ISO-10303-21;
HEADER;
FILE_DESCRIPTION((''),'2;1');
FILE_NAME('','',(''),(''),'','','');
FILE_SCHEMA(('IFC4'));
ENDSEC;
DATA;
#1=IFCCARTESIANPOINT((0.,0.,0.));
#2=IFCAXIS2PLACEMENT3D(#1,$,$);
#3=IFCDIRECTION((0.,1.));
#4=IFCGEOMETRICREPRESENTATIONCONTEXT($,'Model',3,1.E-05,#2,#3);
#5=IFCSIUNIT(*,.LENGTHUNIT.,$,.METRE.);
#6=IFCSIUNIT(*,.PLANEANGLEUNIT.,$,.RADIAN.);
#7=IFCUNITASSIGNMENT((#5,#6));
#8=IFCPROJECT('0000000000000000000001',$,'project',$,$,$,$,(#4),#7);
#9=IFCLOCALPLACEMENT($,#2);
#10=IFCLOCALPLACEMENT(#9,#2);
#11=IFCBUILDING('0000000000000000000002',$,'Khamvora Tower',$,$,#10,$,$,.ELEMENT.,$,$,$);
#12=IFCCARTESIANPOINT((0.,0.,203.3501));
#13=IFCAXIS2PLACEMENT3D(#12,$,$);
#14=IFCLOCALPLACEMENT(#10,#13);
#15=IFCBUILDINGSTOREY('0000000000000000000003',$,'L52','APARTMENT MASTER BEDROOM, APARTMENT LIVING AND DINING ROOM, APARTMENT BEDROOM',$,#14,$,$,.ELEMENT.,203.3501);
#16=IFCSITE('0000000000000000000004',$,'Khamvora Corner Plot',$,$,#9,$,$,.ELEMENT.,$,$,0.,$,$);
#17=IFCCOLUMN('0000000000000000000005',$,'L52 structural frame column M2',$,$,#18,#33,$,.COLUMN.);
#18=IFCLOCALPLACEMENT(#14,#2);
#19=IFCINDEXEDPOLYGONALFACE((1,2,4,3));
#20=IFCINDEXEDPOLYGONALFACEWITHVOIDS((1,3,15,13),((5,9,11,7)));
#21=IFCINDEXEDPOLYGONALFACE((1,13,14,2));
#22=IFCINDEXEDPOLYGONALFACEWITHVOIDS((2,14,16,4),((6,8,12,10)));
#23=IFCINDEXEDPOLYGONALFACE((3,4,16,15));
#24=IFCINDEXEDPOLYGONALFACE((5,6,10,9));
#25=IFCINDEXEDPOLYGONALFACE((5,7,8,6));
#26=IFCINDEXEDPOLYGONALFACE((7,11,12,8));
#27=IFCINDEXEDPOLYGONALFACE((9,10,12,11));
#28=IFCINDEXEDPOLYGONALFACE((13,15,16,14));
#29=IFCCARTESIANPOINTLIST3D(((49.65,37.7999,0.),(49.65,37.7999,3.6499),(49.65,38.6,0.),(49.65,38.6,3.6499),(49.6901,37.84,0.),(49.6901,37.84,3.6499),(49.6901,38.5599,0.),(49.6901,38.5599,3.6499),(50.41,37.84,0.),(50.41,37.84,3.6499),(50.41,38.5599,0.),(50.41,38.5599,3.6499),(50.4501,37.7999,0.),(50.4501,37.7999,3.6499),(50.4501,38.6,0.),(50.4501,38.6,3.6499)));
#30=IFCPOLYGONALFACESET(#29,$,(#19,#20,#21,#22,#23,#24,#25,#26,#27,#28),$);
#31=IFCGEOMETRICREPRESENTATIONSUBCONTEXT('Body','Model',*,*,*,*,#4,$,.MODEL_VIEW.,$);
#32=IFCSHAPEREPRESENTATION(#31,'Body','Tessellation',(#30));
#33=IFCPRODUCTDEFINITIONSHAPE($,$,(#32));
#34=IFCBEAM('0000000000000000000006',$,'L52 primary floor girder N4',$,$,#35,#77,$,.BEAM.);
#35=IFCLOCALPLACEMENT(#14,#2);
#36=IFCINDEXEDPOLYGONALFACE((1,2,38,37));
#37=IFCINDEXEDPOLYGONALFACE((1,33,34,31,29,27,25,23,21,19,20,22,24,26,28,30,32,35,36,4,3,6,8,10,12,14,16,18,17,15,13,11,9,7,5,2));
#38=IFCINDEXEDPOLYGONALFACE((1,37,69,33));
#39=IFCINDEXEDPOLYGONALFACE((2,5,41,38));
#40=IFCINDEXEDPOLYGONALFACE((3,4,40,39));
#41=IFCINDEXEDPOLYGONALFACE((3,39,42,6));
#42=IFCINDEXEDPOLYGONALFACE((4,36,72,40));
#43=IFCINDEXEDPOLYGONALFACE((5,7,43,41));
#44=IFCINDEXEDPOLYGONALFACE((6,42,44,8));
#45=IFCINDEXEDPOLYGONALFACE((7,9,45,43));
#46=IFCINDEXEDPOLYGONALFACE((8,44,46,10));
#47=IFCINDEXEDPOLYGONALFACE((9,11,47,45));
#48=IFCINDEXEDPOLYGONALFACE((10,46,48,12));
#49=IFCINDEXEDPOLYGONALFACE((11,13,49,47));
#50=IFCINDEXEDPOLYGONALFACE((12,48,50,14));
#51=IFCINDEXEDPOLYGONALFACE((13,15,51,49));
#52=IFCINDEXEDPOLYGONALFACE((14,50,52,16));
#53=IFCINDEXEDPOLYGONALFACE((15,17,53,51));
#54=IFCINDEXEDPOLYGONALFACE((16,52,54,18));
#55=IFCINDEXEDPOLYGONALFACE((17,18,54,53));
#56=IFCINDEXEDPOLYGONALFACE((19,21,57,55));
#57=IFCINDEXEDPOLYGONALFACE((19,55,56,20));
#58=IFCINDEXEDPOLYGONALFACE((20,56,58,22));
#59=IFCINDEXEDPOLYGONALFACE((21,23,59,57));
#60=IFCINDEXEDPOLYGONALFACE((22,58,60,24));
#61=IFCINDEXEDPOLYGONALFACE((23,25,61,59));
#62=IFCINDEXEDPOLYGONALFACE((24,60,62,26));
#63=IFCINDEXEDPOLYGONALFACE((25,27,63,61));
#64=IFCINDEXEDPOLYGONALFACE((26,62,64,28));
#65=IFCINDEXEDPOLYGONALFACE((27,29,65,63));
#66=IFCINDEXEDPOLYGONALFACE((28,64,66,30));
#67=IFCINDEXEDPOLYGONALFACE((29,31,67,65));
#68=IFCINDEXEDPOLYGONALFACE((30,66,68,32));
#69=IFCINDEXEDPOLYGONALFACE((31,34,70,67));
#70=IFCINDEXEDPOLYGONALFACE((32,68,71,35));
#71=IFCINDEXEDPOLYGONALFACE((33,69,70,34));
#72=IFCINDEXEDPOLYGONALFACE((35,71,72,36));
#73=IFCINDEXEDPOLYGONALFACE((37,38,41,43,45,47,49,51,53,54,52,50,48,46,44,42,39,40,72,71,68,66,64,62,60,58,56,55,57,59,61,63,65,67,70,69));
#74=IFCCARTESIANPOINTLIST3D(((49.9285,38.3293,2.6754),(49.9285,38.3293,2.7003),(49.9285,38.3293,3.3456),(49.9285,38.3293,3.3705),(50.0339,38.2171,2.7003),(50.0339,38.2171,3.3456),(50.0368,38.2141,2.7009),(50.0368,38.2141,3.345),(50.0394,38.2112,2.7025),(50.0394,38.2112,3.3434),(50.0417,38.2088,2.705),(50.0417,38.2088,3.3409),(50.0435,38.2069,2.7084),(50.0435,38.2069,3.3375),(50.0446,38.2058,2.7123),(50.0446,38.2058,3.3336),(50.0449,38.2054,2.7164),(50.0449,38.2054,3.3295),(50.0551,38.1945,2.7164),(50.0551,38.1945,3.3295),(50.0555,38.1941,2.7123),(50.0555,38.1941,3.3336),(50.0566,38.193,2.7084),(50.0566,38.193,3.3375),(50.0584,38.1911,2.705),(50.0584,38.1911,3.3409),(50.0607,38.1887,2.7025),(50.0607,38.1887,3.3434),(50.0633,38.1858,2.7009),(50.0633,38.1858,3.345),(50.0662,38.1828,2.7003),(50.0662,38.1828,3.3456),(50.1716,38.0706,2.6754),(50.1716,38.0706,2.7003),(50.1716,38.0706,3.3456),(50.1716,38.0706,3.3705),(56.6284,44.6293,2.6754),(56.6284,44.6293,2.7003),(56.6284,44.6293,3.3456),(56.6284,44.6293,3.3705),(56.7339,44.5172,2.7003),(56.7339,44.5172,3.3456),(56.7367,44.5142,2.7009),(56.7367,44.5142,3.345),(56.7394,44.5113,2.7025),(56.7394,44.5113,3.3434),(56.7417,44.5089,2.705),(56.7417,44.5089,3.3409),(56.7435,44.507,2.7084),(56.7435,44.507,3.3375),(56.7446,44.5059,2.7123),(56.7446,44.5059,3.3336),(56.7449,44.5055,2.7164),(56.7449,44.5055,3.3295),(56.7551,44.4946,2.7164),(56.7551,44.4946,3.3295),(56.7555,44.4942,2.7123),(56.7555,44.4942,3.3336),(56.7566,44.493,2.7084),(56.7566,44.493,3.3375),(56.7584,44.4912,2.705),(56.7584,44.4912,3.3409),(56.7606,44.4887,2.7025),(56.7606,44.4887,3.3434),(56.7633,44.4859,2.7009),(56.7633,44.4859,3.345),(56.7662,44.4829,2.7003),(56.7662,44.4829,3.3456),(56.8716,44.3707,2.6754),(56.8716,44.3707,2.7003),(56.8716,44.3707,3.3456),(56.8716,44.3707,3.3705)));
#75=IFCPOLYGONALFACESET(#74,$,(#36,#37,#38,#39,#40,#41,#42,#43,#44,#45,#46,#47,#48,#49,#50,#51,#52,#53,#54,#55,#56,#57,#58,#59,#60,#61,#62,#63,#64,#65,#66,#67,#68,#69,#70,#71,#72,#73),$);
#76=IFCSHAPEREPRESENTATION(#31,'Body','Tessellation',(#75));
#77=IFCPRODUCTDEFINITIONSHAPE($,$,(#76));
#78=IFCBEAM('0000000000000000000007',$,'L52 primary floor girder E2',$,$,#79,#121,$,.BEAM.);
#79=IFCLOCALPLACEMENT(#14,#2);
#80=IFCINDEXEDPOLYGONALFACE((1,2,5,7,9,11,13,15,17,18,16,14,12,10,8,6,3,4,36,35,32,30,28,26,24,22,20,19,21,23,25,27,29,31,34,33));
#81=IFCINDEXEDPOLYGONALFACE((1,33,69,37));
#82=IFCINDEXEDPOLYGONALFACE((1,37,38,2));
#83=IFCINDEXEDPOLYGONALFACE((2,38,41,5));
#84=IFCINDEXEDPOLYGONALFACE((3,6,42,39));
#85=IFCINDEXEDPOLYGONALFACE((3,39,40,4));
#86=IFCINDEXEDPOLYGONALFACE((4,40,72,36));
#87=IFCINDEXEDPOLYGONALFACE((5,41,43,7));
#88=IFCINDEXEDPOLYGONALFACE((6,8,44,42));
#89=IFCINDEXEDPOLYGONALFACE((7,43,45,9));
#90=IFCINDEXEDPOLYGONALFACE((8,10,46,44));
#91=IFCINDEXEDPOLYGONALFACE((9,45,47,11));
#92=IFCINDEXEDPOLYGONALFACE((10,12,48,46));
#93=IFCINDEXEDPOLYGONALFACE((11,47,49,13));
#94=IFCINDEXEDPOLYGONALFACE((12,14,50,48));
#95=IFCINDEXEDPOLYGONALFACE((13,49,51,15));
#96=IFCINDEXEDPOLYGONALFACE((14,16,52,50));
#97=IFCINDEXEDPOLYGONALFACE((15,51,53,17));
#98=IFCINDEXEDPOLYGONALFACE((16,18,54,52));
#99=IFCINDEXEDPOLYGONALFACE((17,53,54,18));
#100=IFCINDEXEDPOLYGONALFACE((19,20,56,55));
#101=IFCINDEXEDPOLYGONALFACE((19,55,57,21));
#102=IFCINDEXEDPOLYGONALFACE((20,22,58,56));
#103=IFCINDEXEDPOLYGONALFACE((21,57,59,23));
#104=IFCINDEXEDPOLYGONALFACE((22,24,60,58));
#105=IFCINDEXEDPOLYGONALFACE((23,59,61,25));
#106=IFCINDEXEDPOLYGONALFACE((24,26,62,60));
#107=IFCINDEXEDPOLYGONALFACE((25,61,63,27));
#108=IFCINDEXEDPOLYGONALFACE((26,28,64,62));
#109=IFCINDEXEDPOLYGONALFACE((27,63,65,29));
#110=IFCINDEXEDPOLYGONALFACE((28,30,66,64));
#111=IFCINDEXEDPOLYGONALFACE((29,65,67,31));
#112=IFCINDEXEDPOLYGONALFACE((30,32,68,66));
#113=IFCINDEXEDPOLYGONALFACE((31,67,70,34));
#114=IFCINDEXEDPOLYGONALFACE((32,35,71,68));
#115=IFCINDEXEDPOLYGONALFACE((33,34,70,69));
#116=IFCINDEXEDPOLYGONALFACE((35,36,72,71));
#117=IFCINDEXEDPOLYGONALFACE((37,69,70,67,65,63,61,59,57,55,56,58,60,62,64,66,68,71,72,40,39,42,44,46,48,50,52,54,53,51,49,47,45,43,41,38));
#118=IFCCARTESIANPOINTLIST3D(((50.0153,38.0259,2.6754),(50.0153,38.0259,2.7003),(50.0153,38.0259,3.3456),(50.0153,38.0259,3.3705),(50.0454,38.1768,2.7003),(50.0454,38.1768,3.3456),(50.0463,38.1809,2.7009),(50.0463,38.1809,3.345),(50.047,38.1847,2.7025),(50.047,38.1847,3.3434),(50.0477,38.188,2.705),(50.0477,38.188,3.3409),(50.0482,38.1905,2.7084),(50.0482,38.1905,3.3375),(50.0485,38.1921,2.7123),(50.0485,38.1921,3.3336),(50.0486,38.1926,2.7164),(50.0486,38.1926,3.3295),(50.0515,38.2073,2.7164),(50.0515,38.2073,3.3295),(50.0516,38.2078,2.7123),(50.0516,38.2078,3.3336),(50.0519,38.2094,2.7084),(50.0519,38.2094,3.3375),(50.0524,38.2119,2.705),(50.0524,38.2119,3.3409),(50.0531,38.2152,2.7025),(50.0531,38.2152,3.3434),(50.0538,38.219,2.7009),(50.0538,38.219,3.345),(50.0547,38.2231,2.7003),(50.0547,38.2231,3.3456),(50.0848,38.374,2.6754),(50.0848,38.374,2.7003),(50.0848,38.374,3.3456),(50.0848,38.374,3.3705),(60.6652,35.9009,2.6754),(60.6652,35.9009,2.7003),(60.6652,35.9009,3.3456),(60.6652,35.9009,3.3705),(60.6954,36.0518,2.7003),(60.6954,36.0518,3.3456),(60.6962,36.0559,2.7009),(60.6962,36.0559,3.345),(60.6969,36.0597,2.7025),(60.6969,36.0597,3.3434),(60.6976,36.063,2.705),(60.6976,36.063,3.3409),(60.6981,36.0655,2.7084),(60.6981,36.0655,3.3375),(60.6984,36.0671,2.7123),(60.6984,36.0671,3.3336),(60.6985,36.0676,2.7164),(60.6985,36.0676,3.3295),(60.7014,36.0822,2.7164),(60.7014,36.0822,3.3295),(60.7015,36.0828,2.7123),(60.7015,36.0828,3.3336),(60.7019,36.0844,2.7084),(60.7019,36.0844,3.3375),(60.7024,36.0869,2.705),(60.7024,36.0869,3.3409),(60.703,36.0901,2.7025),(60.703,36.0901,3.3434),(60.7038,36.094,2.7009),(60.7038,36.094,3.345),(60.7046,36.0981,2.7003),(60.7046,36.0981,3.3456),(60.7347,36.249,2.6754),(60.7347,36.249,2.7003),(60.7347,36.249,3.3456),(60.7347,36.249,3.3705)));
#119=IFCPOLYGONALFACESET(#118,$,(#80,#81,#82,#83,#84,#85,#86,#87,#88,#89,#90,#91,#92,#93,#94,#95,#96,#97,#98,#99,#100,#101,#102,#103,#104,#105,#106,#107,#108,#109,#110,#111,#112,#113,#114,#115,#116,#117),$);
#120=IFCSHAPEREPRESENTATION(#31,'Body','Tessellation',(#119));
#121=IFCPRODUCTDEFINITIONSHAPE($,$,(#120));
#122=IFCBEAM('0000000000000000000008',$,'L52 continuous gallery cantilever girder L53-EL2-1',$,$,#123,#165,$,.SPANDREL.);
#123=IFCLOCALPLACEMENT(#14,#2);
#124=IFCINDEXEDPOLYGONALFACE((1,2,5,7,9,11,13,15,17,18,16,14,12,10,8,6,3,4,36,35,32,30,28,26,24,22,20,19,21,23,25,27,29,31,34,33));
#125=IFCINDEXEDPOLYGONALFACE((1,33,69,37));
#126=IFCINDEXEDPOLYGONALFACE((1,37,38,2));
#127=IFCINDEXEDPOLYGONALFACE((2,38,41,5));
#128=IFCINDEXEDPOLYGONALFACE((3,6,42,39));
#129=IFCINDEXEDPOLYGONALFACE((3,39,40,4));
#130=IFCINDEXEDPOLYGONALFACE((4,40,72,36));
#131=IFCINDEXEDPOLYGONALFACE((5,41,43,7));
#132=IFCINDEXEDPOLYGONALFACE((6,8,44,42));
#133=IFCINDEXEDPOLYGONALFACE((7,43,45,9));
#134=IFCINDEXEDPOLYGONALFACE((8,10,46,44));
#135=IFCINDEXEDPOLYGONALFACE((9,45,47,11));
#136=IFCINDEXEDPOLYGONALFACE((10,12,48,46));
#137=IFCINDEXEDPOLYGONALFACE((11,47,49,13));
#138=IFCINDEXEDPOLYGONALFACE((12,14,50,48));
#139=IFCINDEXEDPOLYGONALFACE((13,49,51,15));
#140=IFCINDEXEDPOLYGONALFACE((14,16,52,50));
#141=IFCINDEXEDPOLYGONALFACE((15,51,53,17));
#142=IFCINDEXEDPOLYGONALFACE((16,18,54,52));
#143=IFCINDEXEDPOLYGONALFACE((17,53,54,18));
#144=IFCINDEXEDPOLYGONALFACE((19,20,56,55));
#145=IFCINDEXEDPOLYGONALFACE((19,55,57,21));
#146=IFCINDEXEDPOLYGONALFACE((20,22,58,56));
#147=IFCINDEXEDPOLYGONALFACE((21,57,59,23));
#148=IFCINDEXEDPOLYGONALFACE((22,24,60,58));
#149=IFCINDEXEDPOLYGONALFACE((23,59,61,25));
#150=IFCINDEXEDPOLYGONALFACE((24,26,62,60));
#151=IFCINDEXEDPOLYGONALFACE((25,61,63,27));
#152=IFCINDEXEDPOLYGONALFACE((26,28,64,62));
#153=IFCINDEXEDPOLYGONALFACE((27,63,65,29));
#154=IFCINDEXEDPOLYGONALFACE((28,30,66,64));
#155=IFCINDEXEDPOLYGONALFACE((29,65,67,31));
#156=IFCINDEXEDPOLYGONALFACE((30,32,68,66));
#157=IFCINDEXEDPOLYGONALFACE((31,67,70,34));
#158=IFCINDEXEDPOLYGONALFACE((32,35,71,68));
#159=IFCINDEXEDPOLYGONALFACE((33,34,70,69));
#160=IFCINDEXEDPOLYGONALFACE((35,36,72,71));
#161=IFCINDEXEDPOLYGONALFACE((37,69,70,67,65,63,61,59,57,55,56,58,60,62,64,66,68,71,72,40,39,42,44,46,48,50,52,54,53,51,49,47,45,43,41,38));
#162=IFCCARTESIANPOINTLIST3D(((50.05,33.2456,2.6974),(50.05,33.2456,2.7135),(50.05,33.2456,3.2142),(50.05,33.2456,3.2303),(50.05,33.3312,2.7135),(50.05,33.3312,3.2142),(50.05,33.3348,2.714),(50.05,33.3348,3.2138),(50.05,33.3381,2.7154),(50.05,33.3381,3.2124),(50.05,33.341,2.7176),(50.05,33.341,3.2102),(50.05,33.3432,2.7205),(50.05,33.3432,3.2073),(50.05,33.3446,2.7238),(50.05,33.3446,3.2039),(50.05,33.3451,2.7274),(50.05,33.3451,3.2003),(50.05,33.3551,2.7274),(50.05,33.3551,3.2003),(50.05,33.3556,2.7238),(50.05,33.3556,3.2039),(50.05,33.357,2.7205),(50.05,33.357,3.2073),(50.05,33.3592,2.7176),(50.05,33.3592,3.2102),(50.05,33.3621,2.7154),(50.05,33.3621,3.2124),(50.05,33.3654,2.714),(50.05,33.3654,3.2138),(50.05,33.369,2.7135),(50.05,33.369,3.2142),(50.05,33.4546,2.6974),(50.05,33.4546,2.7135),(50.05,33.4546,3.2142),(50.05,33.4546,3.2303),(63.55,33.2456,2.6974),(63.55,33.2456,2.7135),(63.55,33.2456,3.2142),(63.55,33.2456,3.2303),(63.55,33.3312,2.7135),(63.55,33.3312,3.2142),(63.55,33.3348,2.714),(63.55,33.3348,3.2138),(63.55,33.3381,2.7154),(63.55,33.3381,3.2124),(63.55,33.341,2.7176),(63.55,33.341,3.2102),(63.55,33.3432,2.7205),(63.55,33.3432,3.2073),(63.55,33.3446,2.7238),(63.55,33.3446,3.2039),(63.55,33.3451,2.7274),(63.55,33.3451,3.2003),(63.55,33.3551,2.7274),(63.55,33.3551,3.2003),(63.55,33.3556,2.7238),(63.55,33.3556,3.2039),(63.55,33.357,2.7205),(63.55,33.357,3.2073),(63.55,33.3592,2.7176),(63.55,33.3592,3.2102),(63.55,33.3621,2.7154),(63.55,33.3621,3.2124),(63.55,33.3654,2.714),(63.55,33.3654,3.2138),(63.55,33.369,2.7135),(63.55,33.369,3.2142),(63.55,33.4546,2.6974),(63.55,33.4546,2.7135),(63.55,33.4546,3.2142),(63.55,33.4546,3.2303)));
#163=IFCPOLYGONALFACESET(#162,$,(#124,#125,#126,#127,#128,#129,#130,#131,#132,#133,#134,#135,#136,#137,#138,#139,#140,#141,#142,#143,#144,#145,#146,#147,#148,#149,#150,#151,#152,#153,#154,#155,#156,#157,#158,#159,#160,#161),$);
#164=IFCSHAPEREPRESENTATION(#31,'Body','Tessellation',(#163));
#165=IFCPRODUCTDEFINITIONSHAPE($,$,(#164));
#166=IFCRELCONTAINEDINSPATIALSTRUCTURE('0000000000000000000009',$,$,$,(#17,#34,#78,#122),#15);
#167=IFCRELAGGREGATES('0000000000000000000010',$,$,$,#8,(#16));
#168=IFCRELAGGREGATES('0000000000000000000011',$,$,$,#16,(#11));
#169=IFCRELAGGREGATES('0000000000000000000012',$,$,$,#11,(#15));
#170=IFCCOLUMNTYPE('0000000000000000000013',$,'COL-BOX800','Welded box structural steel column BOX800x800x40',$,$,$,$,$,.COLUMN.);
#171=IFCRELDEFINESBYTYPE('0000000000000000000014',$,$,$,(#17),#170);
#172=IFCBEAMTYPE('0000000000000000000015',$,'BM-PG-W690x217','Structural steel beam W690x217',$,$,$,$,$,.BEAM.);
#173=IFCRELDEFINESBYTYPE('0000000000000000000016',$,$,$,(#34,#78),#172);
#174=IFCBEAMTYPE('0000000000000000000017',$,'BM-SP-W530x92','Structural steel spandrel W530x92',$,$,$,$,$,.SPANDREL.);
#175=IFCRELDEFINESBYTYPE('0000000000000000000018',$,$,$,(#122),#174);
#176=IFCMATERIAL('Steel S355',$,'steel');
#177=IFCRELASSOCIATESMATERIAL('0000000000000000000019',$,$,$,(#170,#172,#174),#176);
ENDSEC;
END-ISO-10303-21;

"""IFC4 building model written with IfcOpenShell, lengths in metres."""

from ifc_helpers import new_model, si_unit, direction, frame, origin, origin_2d, place, context, subcontext, project, spatial, hollow_rectangle, i_section, extrude, material, material_profile, profile_set, type_object, element, save


model = new_model("IFC4")

# Units and contexts
model_context = context("Model", 3, precision=1e-05, world=origin(), true_north=direction((0.0, 1.0)))
body_context = subcontext(model_context, "Body", "Model", "MODEL_VIEW")
ifc_project = project(units=[si_unit("LENGTHUNIT", "METRE"), si_unit("PLANEANGLEUNIT", "RADIAN")], contexts=[model_context])

# Site, building, storey
site_placement = place(None, origin())
site = spatial("IfcSite", under=ifc_project, at=site_placement, Name="Khamvora Corner Plot", CompositionType="ELEMENT", RefElevation=0.0)
building_placement = place(site_placement, origin())
building = spatial("IfcBuilding", under=site, at=building_placement, Name="Khamvora Tower", CompositionType="ELEMENT")
storey_placement = place(building_placement, frame((0.0, 0.0, 203.3501)))
storey = spatial("IfcBuildingStorey", under=building, at=storey_placement, Name="L52", Description="APARTMENT MASTER BEDROOM, APARTMENT LIVING AND DINING ROOM, APARTMENT BEDROOM", CompositionType="ELEMENT", Elevation=203.3501)

# Column
ifc_material_1 = material(Name="Steel S355", Category="steel")
ifc_material_profile_1 = material_profile(ifc_material_1, hollow_rectangle(XDim=0.8, YDim=0.8, WallThickness=0.04, at=origin_2d()), Name="BOX800x800x40")
ifc_profile_set_1 = profile_set([ifc_material_profile_1], Name="Steel S355")
column_type = type_object("IfcColumnType", Name="COL-BOX800", Description="Welded box structural steel column BOX800x800x40", PredefinedType="COLUMN", material=ifc_profile_set_1)
column_placement = place(storey_placement, frame((50.05, 38.2, 0.0), z_axis=(0.0, 0.0, 1.0), x_axis=(1.0, 0.0, 0.0)))
element("IfcColumn", 1, at=column_placement, inside=storey, type_object=column_type, Name="L52 structural frame column M2", PredefinedType="COLUMN", context=body_context, shape_type="SweptSolid", body=[
    extrude(hollow_rectangle(XDim=0.8, YDim=0.8, WallThickness=0.04, at=origin_2d()), origin(), (0.0, 0.0, 1.0), 3.6499),
])

# Beams
ifc_material_profile_2 = material_profile(ifc_material_1, i_section(OverallWidth=0.355, OverallDepth=0.6951, WebThickness=0.0149, FlangeThickness=0.0249, FilletRadius=0.0161, at=origin_2d()), Name="W690x217")
ifc_profile_set_2 = profile_set([ifc_material_profile_2], Name="Steel S355")
beam_type_1 = type_object("IfcBeamType", Name="BM-PG-W690x217", Description="Structural steel beam W690x217", PredefinedType="BEAM", material=ifc_profile_set_2)
beam_1_placement = place(storey_placement, frame((50.05, 38.2, 3.0229), z_axis=(0.728514, 0.685031, 0.0), x_axis=(-0.685031, 0.728514, 0.0)))
element("IfcBeam", 2, at=beam_1_placement, inside=storey, type_object=beam_type_1, Name="L52 primary floor girder N4", PredefinedType="BEAM", context=body_context, shape_type="SweptSolid", body=[
    extrude(i_section(OverallWidth=0.355, OverallDepth=0.6951, WebThickness=0.0149, FlangeThickness=0.0249, FilletRadius=0.0161, at=origin_2d()), origin(), (0.0, 0.0, 1.0), 9.1968),
])
beam_2_placement = place(storey_placement, frame((50.05, 38.2, 3.0229), z_axis=(0.980669, -0.195675, 0.0), x_axis=(0.195675, 0.980669, 0.0)))
element("IfcBeam", 3, at=beam_2_placement, inside=storey, type_object=beam_type_1, Name="L52 primary floor girder E2", PredefinedType="BEAM", context=body_context, shape_type="SweptSolid", body=[
    extrude(i_section(OverallWidth=0.355, OverallDepth=0.6951, WebThickness=0.0149, FlangeThickness=0.0249, FilletRadius=0.0161, at=origin_2d()), origin(), (0.0, 0.0, 1.0), 10.8599),
])
ifc_material_profile_3 = material_profile(ifc_material_1, i_section(OverallWidth=0.209, OverallDepth=0.533, WebThickness=0.01, FlangeThickness=0.0161, FilletRadius=0.0139, at=origin_2d()), Name="W530x92")
ifc_profile_set_3 = profile_set([ifc_material_profile_3], Name="Steel S355")
beam_type_2 = type_object("IfcBeamType", Name="BM-SP-W530x92", Description="Structural steel spandrel W530x92", PredefinedType="SPANDREL", material=ifc_profile_set_3)
for number, where, z_axis, x_axis, name in (
    (4, (50.05, 33.3501, 2.9639), (1.0, 0.0, 0.0), (0.0, 1.0, 0.0), "L52 continuous gallery cantilever girder L53-EL2-1"),
):
    element("IfcBeam", number, at=place(storey_placement, frame(where, z_axis=z_axis, x_axis=x_axis)), inside=storey, type_object=beam_type_2, Name=name, PredefinedType="SPANDREL", context=body_context, shape_type="SweptSolid", body=[
        extrude(i_section(OverallWidth=0.209, OverallDepth=0.533, WebThickness=0.01, FlangeThickness=0.0161, FilletRadius=0.0139, at=origin_2d()), origin(), (0.0, 0.0, 1.0), 13.5),
    ])

save(model, "model.ifc")
